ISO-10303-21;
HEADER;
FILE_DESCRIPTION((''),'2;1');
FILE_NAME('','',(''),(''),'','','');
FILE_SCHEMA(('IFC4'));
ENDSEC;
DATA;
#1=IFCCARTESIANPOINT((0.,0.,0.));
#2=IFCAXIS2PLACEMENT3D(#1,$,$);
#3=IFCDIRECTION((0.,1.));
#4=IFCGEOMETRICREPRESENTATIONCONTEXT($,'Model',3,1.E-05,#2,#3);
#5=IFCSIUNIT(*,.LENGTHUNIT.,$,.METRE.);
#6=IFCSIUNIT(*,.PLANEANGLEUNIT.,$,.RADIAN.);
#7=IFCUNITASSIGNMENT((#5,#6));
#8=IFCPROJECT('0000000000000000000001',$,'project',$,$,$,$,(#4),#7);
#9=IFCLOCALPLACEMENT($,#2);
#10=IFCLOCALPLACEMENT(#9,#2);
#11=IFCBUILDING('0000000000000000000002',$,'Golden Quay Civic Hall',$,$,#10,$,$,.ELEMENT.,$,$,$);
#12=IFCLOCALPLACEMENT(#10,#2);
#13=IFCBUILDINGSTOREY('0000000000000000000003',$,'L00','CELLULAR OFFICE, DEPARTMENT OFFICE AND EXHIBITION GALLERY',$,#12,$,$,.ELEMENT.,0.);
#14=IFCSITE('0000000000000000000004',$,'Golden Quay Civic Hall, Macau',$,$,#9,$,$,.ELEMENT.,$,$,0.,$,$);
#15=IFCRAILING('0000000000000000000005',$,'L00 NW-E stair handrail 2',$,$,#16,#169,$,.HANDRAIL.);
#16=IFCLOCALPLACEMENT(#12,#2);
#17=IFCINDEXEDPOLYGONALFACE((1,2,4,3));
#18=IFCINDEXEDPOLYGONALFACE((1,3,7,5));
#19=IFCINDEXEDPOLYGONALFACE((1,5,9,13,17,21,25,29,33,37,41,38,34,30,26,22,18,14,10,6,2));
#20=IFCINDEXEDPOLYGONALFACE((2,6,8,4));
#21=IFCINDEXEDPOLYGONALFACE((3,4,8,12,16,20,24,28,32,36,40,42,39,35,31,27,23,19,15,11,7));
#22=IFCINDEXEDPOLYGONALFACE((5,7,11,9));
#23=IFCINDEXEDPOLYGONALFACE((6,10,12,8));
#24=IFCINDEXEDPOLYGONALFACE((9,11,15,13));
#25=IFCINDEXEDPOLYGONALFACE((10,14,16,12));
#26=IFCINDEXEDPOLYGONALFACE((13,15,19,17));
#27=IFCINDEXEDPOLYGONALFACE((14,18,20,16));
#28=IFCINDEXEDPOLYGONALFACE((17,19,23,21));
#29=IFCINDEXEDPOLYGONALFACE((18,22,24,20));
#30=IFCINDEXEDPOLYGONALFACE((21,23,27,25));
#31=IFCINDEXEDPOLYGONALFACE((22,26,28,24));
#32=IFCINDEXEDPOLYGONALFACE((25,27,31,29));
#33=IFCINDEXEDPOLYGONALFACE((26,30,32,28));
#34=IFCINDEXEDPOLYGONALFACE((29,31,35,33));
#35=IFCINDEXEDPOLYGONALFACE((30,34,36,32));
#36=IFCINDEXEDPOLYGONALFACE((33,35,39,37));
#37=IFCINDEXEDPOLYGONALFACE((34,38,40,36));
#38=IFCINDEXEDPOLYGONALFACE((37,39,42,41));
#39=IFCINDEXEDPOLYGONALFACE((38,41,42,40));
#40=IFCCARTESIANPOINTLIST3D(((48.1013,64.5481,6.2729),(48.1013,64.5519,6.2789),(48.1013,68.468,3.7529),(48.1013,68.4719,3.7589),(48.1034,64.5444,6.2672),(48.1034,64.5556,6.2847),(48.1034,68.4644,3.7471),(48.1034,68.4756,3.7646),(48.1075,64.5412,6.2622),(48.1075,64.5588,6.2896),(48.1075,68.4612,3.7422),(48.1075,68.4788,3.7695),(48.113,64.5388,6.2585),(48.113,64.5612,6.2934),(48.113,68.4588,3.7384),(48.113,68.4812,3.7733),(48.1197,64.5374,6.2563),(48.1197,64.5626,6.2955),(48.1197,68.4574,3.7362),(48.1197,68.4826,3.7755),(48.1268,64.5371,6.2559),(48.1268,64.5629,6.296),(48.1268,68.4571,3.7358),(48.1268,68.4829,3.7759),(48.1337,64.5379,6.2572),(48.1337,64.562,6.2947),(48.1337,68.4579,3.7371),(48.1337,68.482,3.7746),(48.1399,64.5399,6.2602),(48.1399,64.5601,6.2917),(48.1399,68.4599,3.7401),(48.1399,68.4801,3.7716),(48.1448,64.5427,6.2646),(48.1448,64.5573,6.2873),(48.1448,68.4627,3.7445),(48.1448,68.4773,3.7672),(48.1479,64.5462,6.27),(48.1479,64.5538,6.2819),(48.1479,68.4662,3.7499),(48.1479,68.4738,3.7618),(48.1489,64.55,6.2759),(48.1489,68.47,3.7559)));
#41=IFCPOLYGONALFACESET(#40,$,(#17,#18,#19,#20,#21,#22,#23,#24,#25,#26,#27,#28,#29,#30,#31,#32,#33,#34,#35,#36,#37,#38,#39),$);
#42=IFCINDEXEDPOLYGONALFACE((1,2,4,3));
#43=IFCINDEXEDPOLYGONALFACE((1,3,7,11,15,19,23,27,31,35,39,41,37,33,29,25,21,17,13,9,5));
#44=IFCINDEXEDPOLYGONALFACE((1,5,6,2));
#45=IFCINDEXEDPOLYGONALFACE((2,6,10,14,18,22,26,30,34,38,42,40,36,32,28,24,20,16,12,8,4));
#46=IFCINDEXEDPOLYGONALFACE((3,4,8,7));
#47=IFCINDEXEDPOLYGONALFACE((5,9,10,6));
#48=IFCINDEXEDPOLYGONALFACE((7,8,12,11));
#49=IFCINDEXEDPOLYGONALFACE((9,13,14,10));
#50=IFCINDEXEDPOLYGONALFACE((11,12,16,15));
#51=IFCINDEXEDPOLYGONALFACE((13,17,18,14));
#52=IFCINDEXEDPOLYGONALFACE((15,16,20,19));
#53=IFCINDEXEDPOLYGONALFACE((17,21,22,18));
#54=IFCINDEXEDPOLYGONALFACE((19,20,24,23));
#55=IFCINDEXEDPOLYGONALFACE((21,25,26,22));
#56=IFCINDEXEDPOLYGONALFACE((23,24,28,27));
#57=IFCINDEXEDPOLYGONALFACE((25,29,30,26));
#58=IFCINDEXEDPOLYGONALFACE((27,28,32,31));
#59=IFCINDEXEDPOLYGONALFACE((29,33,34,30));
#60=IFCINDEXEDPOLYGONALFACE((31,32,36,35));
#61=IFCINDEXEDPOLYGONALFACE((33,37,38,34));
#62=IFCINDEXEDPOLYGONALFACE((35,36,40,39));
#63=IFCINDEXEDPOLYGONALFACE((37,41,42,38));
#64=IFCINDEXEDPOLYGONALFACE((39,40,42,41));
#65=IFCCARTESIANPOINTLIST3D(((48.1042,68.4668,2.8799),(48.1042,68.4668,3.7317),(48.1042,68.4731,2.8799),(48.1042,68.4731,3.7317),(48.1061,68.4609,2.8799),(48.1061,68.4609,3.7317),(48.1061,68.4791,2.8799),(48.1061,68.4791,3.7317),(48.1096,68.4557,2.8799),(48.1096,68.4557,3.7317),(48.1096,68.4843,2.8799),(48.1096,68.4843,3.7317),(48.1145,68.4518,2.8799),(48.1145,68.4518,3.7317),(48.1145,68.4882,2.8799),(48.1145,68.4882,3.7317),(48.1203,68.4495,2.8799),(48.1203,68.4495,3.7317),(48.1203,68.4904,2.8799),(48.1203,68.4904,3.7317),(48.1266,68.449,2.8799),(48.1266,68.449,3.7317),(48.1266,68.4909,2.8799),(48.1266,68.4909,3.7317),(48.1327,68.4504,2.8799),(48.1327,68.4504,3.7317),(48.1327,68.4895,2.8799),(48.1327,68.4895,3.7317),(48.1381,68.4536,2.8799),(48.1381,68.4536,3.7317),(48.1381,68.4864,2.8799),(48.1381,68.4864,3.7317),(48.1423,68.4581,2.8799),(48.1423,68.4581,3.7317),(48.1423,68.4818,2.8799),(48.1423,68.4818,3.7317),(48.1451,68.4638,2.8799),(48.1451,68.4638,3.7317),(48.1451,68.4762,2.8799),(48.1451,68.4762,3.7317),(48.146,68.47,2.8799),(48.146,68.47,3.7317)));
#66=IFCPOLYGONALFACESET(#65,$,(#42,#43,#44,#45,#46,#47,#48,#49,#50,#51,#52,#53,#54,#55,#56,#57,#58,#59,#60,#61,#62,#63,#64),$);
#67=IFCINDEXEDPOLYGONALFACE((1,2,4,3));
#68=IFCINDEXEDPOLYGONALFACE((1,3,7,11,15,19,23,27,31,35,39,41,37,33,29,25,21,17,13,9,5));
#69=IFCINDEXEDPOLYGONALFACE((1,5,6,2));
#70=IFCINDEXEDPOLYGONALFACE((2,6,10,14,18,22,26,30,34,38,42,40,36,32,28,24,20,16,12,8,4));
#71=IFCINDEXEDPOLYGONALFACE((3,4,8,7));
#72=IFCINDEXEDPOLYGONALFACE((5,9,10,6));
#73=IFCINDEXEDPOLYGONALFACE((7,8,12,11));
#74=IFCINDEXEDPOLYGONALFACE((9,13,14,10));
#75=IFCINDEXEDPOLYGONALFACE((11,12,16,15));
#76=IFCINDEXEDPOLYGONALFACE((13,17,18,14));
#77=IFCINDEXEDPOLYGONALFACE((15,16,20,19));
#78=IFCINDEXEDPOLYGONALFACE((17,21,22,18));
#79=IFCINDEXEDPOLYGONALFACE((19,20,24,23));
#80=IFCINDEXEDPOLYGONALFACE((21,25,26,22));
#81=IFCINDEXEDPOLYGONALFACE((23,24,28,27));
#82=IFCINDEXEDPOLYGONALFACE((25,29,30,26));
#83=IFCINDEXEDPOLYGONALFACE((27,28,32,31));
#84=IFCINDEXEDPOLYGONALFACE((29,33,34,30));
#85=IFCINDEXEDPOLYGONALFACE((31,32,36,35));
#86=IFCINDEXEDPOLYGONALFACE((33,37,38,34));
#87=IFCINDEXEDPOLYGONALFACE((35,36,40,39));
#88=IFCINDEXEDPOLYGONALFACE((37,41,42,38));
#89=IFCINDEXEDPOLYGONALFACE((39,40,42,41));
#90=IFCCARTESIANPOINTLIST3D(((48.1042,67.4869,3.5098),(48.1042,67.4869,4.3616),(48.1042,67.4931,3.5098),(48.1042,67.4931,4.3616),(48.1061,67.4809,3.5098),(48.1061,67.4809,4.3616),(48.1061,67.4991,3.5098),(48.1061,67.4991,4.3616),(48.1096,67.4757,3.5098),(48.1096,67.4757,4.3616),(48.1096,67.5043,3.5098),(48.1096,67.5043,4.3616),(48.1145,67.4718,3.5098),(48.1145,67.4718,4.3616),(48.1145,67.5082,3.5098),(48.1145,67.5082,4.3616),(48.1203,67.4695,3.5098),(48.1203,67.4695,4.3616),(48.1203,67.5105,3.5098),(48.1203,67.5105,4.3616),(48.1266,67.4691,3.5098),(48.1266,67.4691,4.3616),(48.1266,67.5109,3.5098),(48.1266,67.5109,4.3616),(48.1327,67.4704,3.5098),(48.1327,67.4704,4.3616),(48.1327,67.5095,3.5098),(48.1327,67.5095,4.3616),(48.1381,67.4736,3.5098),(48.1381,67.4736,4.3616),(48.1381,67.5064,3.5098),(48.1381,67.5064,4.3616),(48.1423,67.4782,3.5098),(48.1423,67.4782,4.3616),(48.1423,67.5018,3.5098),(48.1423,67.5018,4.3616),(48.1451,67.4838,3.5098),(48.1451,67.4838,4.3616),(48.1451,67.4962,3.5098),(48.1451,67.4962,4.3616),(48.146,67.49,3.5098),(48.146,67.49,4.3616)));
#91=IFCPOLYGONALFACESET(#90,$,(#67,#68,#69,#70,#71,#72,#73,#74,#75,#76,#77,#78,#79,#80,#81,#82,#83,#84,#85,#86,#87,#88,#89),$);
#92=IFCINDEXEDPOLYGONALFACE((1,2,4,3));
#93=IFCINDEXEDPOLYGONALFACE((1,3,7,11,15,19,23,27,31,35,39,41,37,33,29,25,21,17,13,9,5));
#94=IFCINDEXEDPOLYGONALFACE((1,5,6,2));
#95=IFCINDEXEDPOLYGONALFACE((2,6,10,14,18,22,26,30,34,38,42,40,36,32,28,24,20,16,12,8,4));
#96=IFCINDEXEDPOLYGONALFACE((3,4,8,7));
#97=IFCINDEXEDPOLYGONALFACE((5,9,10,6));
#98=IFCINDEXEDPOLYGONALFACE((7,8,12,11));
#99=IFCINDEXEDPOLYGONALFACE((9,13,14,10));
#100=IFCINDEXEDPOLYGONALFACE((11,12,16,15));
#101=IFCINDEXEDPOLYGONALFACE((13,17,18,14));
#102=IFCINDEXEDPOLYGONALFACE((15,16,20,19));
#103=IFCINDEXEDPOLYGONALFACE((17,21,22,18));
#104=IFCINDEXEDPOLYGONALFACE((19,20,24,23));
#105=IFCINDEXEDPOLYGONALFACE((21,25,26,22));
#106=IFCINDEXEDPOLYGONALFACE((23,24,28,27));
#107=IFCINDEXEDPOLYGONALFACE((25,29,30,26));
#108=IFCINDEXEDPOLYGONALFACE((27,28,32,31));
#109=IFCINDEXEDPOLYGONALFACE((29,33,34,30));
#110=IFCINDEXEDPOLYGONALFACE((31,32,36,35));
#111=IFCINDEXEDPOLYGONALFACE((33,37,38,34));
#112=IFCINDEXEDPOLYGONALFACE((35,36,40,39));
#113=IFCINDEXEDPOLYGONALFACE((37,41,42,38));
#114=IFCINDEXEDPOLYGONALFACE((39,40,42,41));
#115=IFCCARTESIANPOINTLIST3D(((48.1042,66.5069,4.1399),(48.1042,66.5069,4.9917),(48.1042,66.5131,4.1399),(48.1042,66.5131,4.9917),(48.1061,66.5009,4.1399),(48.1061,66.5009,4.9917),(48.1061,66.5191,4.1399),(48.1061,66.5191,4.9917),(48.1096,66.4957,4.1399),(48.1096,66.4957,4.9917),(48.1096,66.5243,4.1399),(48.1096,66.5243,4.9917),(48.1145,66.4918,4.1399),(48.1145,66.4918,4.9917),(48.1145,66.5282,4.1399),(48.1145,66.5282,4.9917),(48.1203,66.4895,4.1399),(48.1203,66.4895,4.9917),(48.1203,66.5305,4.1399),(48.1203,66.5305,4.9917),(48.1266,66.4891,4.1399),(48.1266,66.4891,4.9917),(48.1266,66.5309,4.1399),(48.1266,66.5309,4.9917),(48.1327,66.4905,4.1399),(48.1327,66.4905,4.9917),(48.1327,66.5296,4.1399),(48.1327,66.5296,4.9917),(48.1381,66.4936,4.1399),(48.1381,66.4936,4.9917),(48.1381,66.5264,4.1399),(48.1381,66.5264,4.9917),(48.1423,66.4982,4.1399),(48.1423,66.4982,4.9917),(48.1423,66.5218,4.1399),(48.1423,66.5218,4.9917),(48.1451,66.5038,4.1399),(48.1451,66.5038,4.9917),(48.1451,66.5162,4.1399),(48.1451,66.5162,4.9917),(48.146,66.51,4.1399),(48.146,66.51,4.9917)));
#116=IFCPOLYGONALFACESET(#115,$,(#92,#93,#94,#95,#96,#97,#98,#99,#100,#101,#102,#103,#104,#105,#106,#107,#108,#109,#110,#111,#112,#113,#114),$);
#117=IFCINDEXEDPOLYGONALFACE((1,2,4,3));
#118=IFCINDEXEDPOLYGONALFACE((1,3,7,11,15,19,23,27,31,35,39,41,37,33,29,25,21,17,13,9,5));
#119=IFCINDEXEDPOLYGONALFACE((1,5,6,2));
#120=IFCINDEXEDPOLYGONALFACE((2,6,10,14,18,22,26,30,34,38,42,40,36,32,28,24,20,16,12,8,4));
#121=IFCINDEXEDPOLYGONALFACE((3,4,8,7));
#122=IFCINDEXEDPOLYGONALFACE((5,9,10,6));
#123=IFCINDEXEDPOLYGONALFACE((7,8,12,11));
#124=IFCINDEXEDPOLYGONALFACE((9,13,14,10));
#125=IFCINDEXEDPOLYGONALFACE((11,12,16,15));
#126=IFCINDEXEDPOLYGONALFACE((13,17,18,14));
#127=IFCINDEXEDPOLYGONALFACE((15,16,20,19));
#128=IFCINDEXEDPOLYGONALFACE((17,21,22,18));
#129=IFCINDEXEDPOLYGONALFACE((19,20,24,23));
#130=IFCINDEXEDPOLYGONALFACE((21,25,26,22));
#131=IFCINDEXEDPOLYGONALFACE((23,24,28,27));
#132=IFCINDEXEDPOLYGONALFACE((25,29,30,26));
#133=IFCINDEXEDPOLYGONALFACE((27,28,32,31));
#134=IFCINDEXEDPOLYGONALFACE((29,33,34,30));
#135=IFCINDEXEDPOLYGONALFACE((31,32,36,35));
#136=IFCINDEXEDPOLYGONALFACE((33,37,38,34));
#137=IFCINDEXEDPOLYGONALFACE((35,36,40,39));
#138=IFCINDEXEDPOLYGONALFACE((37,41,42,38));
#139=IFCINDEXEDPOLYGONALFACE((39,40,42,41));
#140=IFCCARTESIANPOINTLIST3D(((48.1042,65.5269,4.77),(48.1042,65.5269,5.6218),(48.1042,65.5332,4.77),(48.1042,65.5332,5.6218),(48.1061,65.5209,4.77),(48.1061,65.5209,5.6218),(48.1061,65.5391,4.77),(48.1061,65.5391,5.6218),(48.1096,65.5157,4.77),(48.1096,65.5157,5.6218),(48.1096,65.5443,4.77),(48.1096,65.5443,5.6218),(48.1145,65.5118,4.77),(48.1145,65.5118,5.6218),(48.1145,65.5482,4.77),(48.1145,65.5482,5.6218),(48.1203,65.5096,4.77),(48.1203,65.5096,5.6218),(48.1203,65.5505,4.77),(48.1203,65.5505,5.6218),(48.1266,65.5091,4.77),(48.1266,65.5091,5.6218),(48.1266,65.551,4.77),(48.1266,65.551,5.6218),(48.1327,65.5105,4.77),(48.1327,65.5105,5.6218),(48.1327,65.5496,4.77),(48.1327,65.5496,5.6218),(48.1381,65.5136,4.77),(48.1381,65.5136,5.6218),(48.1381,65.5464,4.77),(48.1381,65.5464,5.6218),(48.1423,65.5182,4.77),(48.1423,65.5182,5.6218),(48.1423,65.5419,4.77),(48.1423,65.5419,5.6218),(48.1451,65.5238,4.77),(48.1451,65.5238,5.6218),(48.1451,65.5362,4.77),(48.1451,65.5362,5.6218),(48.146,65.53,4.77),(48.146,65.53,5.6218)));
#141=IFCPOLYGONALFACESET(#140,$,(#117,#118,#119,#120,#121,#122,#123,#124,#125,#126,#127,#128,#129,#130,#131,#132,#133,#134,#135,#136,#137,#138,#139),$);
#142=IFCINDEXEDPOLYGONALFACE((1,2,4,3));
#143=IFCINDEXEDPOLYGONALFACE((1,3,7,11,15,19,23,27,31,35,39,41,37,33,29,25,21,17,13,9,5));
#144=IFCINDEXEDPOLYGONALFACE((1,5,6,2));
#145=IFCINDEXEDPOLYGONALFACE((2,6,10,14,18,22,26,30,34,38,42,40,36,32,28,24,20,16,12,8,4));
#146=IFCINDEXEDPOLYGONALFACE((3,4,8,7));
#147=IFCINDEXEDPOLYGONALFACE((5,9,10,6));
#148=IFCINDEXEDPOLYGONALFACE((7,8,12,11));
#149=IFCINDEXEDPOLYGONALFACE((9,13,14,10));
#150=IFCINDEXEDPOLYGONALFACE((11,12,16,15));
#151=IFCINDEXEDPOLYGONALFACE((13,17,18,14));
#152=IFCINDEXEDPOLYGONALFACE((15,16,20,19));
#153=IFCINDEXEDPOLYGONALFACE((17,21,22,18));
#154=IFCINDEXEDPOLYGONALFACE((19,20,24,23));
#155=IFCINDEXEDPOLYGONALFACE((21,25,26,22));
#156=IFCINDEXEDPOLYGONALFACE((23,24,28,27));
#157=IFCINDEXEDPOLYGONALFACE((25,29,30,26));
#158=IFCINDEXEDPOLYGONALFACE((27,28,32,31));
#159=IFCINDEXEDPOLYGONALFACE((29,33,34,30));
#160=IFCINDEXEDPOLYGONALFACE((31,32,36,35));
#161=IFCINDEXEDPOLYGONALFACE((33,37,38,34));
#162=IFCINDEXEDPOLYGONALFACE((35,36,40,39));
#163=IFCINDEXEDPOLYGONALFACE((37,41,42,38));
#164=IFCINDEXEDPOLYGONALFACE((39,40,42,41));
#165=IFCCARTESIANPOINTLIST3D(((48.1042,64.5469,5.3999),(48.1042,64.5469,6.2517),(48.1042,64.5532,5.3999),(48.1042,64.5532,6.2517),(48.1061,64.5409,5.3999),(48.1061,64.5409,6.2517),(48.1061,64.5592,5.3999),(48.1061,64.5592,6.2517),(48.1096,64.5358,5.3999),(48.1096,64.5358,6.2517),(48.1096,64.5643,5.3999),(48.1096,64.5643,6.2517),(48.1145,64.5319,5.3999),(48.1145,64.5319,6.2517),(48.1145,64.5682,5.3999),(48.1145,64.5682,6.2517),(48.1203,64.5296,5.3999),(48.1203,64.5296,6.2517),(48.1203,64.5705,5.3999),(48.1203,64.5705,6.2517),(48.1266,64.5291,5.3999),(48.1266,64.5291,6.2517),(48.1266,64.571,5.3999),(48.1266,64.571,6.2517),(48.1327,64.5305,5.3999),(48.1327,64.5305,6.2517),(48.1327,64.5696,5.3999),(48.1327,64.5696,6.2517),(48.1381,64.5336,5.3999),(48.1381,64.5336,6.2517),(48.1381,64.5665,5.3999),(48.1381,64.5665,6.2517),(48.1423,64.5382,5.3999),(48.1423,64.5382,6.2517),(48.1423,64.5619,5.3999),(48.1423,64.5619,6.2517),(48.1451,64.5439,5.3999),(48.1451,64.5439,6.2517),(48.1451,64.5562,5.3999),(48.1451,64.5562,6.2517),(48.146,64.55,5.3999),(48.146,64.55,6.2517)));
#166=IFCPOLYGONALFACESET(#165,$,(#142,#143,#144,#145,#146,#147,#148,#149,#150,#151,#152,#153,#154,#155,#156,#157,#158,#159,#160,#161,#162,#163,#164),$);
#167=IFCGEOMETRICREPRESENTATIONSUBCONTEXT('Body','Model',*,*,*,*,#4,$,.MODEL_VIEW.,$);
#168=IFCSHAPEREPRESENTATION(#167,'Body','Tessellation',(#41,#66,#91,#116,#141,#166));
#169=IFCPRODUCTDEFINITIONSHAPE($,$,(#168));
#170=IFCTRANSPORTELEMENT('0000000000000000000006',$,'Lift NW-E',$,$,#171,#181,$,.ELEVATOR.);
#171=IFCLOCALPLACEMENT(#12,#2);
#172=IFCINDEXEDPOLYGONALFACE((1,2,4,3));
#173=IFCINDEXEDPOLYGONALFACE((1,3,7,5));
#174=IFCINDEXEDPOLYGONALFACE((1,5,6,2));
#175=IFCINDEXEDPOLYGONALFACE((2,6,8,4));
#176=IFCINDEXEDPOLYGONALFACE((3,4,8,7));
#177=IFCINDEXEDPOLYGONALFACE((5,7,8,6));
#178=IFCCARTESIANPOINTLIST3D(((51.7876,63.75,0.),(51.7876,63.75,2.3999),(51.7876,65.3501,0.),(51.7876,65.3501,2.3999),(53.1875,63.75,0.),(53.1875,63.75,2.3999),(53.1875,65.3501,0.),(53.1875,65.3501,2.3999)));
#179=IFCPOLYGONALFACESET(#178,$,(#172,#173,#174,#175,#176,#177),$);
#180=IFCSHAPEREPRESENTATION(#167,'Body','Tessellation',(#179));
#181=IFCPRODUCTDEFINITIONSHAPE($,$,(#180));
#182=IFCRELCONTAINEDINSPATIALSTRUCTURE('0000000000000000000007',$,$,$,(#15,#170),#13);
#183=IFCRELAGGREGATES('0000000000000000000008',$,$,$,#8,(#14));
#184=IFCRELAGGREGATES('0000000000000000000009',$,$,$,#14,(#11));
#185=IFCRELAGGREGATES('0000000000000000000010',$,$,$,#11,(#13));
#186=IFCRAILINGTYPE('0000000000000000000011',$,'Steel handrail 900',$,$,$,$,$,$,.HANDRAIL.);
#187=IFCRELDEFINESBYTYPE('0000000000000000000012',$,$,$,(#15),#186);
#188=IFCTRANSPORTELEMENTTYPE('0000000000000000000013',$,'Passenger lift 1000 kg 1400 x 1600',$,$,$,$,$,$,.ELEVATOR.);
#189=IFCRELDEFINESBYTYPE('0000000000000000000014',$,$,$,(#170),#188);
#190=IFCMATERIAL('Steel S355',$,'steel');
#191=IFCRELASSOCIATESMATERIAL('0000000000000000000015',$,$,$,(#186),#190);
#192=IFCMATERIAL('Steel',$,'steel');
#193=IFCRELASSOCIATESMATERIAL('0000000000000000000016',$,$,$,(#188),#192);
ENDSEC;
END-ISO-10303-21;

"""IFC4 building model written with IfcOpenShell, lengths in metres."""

from ifc_helpers import new_model, si_unit, direction, frame, origin, origin_2d, place, context, subcontext, project, spatial, rectangle, circle, extrude, material, type_object, element, save


model = new_model("IFC4")

# Units and contexts
model_context = context("Model", 3, precision=1e-05, world=origin(), true_north=direction((0.0, 1.0)))
body_context = subcontext(model_context, "Body", "Model", "MODEL_VIEW")
ifc_project = project(units=[si_unit("LENGTHUNIT", "METRE"), si_unit("PLANEANGLEUNIT", "RADIAN")], contexts=[model_context])

# Site, building, storey
site_placement = place(None, origin())
site = spatial("IfcSite", under=ifc_project, at=site_placement, Name="Golden Quay Civic Hall, Macau", CompositionType="ELEMENT", RefElevation=0.0)
building_placement = place(site_placement, origin())
building = spatial("IfcBuilding", under=site, at=building_placement, Name="Golden Quay Civic Hall", CompositionType="ELEMENT")
storey_placement = place(building_placement, origin())
storey = spatial("IfcBuildingStorey", under=building, at=storey_placement, Name="L00", Description="CELLULAR OFFICE, DEPARTMENT OFFICE AND EXHIBITION GALLERY", CompositionType="ELEMENT", Elevation=0.0)

# Railing
ifc_material_1 = material(Name="Steel S355", Category="steel")
railing_type_1 = type_object("IfcRailingType", Name="Steel handrail 900", PredefinedType="HANDRAIL", material=ifc_material_1)
railing_1_placement = place(storey_placement, frame((48.125, 68.47, 2.8799)))
element("IfcRailing", 1, at=railing_1_placement, inside=storey, type_object=railing_type_1, Name="L00 NW-E stair handrail 2", PredefinedType="HANDRAIL", context=body_context, shape_type="SweptSolid", body=[
    extrude(circle(Radius=0.0239, at=origin_2d()), frame((0.0, 0.0, 0.876), z_axis=(0.0, -0.841172, 0.540768), x_axis=(1.0, 0.0, 0.0)), (0.0, 0.0, 1.0), 4.6602),
    extrude(circle(Radius=0.021, at=origin_2d()), origin(), (0.0, 0.0, 1.0), 0.8518),
    extrude(circle(Radius=0.021, at=origin_2d()), frame((0.0, -0.98, 0.6299)), (0.0, 0.0, 1.0), 0.8518),
    extrude(circle(Radius=0.021, at=origin_2d()), frame((0.0, -1.96, 1.26)), (0.0, 0.0, 1.0), 0.8518),
    extrude(circle(Radius=0.021, at=origin_2d()), frame((0.0, -2.9399, 1.8901)), (0.0, 0.0, 1.0), 0.8518),
    extrude(circle(Radius=0.021, at=origin_2d()), frame((0.0, -3.9199, 2.52)), (0.0, 0.0, 1.0), 0.8518),
])

# Transport element
ifc_material_2 = material(Name="Steel", Category="steel")
transport_element_type = type_object("IfcTransportElementType", Name="Passenger lift 1000 kg 1400 x 1600", PredefinedType="ELEVATOR", material=ifc_material_2)
transport_element_placement = place(storey_placement, frame((52.4875, 64.55, 0.0), z_axis=(0.0, 0.0, 1.0), x_axis=(1.0, 0.0, 0.0)))
element("IfcTransportElement", 2, at=transport_element_placement, inside=storey, type_object=transport_element_type, Name="Lift NW-E", PredefinedType="ELEVATOR", context=body_context, shape_type="SweptSolid", body=[
    extrude(rectangle(XDim=1.3999, YDim=1.6001, at=origin_2d()), origin(), (0.0, 0.0, 1.0), 2.3999),
])

save(model, "model.ifc")
